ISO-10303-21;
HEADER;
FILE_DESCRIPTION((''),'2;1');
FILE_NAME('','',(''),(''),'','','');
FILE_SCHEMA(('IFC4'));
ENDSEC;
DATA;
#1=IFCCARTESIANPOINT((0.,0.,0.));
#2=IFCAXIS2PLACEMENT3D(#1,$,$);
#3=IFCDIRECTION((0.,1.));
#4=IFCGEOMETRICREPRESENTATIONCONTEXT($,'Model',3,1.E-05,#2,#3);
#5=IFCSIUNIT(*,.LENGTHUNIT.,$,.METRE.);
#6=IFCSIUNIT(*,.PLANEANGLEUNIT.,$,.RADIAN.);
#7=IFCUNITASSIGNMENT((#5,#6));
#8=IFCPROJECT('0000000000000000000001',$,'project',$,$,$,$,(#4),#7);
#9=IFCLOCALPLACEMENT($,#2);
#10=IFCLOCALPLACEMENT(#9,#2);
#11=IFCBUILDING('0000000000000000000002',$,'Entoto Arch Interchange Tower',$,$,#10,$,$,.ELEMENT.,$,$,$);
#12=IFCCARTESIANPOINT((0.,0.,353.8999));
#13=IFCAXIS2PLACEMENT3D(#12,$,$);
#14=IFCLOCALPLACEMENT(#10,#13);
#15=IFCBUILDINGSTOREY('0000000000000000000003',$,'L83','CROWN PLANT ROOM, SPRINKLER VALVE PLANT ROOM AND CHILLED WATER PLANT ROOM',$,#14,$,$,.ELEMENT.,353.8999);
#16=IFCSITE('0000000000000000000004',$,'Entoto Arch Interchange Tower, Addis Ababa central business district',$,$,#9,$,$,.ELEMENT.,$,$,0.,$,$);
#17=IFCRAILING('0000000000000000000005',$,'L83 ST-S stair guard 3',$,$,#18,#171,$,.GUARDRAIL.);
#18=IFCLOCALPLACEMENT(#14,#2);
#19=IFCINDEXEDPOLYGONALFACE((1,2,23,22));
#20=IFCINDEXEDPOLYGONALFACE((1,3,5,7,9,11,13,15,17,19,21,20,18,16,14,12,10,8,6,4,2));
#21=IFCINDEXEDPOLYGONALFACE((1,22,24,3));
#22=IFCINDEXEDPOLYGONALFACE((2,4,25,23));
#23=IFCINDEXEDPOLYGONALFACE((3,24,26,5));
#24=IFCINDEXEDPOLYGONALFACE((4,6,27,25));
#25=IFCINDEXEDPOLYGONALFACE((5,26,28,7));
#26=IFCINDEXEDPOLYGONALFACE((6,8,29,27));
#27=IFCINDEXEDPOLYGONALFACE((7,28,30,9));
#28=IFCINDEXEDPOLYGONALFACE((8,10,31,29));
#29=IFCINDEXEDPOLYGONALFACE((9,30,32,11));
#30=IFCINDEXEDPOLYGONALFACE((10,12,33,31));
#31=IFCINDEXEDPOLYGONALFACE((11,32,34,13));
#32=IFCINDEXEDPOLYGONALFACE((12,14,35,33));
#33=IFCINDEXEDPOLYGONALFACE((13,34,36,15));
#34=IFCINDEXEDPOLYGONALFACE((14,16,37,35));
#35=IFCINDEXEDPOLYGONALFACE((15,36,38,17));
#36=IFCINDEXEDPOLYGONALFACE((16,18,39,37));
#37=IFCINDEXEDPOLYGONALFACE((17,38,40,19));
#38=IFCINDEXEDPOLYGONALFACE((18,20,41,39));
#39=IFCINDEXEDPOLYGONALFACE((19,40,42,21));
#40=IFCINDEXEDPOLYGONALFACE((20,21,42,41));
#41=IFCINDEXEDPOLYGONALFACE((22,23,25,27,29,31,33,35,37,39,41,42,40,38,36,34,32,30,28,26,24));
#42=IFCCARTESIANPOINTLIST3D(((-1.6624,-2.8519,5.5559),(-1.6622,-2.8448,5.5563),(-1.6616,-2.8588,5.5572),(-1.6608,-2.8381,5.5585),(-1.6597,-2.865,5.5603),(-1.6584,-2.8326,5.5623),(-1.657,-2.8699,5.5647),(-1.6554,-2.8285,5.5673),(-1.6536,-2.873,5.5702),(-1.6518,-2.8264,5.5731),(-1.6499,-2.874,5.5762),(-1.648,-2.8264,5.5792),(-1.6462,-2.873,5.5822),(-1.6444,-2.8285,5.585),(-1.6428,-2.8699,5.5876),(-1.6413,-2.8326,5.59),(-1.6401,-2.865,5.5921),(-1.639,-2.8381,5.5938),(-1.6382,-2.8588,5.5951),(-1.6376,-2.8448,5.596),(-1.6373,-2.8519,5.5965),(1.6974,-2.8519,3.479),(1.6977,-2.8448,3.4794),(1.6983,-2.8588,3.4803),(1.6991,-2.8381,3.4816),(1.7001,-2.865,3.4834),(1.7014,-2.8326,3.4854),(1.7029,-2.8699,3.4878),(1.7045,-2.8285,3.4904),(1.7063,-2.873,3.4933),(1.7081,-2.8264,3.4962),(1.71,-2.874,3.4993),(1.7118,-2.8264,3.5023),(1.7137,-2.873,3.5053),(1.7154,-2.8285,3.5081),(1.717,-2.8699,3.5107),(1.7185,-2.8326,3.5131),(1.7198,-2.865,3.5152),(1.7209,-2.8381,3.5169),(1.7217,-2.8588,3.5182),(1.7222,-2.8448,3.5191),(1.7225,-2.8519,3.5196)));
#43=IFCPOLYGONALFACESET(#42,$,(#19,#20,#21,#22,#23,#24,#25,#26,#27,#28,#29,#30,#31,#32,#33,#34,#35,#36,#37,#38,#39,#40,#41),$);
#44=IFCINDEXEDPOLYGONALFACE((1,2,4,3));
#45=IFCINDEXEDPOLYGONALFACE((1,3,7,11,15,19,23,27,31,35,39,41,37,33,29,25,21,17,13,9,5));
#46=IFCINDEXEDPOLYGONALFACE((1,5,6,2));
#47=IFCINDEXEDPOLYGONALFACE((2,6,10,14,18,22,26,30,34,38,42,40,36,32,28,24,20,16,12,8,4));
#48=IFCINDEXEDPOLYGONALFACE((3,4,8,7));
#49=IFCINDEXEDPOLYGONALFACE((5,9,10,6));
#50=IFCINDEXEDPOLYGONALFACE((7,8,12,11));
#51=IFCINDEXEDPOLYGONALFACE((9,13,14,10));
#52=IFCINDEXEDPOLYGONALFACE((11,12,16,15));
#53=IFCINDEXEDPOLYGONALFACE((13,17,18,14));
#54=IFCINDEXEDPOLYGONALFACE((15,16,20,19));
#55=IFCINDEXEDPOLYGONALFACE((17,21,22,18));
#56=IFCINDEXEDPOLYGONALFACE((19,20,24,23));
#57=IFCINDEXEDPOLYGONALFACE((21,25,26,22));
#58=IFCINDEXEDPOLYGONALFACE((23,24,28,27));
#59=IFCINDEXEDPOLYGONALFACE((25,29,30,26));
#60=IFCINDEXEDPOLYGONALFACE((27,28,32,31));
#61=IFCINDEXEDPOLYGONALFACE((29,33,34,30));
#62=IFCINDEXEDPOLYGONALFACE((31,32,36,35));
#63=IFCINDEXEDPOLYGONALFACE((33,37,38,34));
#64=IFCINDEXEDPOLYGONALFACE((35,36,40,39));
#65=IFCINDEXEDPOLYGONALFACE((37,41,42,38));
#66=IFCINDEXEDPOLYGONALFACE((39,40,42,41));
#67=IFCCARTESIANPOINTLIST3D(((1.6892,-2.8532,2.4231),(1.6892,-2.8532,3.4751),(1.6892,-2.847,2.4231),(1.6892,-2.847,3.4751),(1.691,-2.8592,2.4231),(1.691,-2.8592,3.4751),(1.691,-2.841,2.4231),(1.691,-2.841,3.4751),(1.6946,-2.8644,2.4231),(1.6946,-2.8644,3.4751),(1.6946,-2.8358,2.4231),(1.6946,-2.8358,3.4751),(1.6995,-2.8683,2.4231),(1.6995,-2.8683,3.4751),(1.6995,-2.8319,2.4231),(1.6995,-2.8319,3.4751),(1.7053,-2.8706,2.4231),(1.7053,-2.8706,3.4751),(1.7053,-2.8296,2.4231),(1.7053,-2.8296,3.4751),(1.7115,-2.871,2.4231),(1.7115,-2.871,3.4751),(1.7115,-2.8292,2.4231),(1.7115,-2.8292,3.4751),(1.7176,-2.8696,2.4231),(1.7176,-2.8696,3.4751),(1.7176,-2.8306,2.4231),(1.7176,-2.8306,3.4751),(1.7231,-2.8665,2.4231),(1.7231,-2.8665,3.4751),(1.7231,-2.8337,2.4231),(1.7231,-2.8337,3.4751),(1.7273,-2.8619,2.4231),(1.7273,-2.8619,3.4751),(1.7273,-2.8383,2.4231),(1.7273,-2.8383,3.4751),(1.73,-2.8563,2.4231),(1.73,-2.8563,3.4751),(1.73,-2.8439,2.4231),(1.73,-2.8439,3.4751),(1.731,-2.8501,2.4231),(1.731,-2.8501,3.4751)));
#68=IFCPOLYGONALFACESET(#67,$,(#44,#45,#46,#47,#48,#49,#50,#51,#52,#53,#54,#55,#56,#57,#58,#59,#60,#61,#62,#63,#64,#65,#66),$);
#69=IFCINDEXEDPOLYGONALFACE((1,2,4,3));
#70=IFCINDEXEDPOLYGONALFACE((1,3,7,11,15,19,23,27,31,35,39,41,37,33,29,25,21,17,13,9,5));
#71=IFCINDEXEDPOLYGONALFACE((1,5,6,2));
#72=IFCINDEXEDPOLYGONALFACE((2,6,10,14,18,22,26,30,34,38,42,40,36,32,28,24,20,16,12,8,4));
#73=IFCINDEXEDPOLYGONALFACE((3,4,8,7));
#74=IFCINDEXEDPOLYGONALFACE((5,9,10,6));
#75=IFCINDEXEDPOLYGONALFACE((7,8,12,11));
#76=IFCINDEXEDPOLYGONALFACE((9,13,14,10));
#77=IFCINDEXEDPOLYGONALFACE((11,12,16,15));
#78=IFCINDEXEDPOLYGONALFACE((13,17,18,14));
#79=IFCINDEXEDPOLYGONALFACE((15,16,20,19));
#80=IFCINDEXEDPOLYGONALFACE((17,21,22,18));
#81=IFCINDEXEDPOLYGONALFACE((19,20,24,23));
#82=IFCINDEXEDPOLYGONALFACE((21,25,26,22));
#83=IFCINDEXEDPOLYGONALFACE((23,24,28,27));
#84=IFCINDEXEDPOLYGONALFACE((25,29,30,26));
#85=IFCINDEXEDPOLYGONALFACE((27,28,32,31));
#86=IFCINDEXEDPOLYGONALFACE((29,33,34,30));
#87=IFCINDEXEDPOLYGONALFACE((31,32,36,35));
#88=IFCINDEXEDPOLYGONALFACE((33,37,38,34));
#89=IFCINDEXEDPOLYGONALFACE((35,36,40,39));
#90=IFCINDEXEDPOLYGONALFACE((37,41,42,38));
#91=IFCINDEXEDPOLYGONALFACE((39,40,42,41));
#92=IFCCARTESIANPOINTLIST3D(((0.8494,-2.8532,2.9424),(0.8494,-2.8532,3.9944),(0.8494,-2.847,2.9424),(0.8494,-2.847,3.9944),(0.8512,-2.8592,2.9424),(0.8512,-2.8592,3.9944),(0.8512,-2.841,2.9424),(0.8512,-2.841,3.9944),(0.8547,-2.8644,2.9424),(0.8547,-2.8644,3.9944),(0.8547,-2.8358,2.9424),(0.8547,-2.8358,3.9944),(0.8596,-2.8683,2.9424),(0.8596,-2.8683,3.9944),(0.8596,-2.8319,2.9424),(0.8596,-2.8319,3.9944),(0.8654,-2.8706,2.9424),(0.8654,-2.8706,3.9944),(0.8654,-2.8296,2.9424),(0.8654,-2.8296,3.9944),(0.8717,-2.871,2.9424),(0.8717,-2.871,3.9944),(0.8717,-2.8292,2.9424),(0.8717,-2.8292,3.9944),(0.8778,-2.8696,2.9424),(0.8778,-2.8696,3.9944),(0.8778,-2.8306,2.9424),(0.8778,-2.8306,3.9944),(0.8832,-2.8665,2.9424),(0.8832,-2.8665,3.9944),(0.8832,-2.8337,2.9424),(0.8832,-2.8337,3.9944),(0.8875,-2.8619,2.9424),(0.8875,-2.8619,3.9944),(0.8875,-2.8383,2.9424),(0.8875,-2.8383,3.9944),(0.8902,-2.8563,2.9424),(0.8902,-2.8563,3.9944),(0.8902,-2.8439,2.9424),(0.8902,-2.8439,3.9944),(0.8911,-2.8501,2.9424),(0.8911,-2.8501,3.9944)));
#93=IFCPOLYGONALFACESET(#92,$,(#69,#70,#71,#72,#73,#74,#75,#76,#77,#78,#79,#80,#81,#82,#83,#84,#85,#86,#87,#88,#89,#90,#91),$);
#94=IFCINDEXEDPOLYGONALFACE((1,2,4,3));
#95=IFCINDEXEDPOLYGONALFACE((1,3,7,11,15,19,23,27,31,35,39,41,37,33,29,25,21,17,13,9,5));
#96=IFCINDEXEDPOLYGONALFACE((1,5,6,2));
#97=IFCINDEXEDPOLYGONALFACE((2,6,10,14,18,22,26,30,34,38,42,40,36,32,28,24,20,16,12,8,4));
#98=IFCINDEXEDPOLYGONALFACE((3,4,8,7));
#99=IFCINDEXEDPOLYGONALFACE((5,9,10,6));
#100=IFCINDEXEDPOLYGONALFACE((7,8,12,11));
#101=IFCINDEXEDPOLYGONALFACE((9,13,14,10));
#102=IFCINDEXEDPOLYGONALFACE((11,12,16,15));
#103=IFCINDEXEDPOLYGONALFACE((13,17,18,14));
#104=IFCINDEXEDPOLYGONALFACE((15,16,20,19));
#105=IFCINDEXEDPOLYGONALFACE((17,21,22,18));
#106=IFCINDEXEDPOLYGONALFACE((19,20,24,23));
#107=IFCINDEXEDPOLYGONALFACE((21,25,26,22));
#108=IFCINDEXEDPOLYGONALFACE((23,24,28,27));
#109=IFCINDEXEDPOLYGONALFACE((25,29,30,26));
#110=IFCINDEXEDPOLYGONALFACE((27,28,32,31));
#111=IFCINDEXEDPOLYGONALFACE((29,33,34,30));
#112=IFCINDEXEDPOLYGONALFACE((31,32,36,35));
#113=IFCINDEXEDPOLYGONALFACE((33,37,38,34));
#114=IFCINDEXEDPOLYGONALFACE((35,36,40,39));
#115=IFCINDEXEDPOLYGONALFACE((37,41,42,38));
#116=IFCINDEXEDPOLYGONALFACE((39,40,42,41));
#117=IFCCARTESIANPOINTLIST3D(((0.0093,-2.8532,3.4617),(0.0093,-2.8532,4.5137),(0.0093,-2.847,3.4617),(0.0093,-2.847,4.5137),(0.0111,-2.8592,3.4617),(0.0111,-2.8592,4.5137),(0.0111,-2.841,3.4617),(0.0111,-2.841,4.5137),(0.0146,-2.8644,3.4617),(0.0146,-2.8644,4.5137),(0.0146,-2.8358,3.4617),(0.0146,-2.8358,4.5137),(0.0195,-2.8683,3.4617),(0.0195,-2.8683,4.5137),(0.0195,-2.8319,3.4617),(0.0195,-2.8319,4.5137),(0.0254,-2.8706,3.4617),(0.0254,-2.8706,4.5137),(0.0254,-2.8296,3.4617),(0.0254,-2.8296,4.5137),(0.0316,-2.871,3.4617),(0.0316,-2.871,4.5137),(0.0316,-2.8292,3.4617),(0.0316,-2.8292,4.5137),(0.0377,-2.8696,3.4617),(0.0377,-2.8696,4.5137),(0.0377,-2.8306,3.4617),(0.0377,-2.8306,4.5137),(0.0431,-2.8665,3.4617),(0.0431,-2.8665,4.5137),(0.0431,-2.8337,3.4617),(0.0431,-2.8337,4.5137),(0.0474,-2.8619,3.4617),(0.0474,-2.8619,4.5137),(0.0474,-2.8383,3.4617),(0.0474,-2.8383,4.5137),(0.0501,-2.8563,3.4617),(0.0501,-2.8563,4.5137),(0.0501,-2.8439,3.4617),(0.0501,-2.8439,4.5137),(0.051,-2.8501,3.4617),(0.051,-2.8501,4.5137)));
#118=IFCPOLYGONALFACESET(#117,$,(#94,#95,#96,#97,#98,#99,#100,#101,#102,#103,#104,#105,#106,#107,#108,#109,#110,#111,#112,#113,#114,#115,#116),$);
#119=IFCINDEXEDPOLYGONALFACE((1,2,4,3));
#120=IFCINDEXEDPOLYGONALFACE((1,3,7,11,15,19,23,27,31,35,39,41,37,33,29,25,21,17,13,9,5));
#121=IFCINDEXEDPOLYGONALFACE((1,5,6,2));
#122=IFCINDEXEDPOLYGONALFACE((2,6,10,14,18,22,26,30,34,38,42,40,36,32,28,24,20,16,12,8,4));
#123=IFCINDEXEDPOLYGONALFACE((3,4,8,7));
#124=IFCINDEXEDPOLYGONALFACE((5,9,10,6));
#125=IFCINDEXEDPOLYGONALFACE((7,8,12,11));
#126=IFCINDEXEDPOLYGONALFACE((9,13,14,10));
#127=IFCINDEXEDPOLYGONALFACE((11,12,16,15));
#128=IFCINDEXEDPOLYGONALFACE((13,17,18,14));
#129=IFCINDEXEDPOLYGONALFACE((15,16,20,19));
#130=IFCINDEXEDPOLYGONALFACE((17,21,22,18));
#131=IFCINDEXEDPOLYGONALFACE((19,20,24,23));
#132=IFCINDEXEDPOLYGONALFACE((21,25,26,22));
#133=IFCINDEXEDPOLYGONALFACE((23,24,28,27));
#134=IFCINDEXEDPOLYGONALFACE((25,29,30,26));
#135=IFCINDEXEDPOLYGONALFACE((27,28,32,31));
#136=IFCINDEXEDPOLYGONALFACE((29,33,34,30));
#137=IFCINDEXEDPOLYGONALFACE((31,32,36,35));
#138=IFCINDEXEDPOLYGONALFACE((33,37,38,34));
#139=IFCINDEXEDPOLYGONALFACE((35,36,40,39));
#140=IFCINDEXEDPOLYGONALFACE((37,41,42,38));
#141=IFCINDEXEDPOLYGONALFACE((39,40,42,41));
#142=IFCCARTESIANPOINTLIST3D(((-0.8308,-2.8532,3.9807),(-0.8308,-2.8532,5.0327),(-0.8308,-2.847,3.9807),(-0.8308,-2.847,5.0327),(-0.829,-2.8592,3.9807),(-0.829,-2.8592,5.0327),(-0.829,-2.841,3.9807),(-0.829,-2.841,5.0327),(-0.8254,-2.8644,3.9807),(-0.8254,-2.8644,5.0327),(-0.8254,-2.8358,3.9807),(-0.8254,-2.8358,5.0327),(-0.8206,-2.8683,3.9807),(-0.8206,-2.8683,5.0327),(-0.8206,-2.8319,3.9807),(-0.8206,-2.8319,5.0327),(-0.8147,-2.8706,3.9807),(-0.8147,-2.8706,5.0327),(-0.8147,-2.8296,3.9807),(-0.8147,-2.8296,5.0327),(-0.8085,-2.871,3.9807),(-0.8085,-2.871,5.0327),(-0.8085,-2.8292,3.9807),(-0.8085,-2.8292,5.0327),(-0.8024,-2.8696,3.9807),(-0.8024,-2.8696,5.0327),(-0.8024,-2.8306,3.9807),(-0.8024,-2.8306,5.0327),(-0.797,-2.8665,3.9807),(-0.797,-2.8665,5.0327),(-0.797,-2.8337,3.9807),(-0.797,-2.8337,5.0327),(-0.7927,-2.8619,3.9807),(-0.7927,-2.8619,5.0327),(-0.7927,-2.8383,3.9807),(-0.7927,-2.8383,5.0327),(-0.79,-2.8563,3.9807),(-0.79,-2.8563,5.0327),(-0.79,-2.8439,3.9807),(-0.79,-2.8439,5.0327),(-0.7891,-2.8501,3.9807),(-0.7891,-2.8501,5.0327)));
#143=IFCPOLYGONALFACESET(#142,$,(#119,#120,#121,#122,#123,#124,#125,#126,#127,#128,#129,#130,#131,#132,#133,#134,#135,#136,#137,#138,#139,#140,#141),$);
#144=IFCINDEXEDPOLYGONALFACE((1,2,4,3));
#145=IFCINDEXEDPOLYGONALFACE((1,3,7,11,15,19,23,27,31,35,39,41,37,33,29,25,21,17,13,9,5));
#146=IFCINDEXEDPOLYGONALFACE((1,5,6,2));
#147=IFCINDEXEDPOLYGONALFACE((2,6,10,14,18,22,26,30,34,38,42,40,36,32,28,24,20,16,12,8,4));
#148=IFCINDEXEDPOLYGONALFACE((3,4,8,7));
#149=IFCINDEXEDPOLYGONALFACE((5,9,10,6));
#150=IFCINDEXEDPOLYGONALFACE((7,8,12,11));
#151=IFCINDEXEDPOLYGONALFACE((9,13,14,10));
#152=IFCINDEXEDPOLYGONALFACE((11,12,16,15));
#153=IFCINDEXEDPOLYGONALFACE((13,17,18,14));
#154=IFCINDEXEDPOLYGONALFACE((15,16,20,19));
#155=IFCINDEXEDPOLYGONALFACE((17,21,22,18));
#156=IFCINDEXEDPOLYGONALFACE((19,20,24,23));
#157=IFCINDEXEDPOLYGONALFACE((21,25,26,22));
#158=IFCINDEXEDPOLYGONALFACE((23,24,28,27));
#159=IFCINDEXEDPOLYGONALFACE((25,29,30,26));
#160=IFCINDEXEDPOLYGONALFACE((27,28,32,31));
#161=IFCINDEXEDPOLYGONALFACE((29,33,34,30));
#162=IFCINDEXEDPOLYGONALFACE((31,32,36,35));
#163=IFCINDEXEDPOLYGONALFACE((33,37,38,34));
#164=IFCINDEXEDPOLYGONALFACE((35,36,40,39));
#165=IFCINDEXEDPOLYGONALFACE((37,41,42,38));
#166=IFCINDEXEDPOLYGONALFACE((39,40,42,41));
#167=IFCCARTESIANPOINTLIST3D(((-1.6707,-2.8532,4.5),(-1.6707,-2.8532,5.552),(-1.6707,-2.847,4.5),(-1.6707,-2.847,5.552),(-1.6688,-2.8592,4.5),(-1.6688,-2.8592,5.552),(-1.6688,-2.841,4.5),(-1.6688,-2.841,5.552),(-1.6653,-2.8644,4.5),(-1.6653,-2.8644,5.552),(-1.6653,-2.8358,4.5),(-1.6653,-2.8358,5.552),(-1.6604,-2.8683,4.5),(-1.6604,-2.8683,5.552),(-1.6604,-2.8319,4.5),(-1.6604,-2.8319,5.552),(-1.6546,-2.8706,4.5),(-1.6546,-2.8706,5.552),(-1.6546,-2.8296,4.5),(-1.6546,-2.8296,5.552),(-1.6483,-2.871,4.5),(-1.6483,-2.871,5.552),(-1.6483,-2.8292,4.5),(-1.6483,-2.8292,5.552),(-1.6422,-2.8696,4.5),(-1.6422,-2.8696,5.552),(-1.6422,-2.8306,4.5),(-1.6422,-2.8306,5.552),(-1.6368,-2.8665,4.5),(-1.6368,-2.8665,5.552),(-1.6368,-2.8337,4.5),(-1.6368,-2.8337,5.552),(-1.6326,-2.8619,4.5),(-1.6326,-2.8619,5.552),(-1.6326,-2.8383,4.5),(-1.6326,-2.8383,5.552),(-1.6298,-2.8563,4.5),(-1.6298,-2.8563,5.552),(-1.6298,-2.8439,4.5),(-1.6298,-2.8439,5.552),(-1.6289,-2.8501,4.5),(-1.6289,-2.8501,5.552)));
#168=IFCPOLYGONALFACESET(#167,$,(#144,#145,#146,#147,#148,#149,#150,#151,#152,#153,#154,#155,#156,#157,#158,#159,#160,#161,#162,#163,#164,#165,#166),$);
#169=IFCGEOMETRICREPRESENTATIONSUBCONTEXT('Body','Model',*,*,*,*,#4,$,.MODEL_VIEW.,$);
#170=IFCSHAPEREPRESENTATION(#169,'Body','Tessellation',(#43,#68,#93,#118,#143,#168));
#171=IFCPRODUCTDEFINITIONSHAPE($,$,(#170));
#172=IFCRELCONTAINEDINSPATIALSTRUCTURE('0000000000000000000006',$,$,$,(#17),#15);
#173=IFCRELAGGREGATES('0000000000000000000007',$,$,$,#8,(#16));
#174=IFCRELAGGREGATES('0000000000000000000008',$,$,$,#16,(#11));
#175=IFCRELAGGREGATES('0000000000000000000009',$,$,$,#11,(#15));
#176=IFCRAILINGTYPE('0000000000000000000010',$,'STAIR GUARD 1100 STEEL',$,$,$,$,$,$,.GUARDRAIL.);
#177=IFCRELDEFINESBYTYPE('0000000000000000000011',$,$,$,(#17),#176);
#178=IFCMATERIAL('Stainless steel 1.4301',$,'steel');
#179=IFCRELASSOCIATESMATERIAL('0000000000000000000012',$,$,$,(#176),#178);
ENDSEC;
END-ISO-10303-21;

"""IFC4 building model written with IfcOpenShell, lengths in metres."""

from ifc_helpers import new_model, si_unit, direction, frame, origin, origin_2d, place, context, subcontext, project, spatial, circle, extrude, material, type_object, element, save


model = new_model("IFC4")

# Units and contexts
model_context = context("Model", 3, precision=1e-05, world=origin(), true_north=direction((0.0, 1.0)))
body_context = subcontext(model_context, "Body", "Model", "MODEL_VIEW")
ifc_project = project(units=[si_unit("LENGTHUNIT", "METRE"), si_unit("PLANEANGLEUNIT", "RADIAN")], contexts=[model_context])

# Site, building, storey
site_placement = place(None, origin())
site = spatial("IfcSite", under=ifc_project, at=site_placement, Name="Entoto Arch Interchange Tower, Addis Ababa central business district", CompositionType="ELEMENT", RefElevation=0.0)
building_placement = place(site_placement, origin())
building = spatial("IfcBuilding", under=site, at=building_placement, Name="Entoto Arch Interchange Tower", CompositionType="ELEMENT")
storey_placement = place(building_placement, frame((0.0, 0.0, 353.8999)))
storey = spatial("IfcBuildingStorey", under=building, at=storey_placement, Name="L83", Description="CROWN PLANT ROOM, SPRINKLER VALVE PLANT ROOM AND CHILLED WATER PLANT ROOM", CompositionType="ELEMENT", Elevation=353.8999)

# Railing
ifc_material_1 = material(Name="Stainless steel 1.4301", Category="steel")
railing_type_1 = type_object("IfcRailingType", Name="STAIR GUARD 1100 STEEL", PredefinedType="GUARDRAIL", material=ifc_material_1)
railing_1_placement = place(storey_placement, frame((1.71, -2.8501, 2.4231)))
element("IfcRailing", 1, at=railing_1_placement, inside=storey, type_object=railing_type_1, Name="L83 ST-S stair guard 3", PredefinedType="GUARDRAIL", context=body_context, shape_type="SweptSolid", body=[
    extrude(circle(Radius=0.0239, at=origin_2d()), frame((0.0, 0.0, 1.0762), z_axis=(-0.850606, 0.0, 0.525803), x_axis=(0.0, -1.0, 0.0)), (0.0, 0.0, 1.0), 3.95),
    extrude(circle(Radius=0.021, at=origin_2d()), origin(), (0.0, 0.0, 1.0), 1.052),
    extrude(circle(Radius=0.021, at=origin_2d()), frame((-0.8398, 0.0, 0.5193)), (0.0, 0.0, 1.0), 1.052),
    extrude(circle(Radius=0.021, at=origin_2d()), frame((-1.6799, 0.0, 1.0386)), (0.0, 0.0, 1.0), 1.052),
    extrude(circle(Radius=0.021, at=origin_2d()), frame((-2.52, 0.0, 1.5576)), (0.0, 0.0, 1.0), 1.052),
    extrude(circle(Radius=0.021, at=origin_2d()), frame((-3.3599, 0.0, 2.0769)), (0.0, 0.0, 1.0), 1.052),
])

save(model, "model.ifc")
